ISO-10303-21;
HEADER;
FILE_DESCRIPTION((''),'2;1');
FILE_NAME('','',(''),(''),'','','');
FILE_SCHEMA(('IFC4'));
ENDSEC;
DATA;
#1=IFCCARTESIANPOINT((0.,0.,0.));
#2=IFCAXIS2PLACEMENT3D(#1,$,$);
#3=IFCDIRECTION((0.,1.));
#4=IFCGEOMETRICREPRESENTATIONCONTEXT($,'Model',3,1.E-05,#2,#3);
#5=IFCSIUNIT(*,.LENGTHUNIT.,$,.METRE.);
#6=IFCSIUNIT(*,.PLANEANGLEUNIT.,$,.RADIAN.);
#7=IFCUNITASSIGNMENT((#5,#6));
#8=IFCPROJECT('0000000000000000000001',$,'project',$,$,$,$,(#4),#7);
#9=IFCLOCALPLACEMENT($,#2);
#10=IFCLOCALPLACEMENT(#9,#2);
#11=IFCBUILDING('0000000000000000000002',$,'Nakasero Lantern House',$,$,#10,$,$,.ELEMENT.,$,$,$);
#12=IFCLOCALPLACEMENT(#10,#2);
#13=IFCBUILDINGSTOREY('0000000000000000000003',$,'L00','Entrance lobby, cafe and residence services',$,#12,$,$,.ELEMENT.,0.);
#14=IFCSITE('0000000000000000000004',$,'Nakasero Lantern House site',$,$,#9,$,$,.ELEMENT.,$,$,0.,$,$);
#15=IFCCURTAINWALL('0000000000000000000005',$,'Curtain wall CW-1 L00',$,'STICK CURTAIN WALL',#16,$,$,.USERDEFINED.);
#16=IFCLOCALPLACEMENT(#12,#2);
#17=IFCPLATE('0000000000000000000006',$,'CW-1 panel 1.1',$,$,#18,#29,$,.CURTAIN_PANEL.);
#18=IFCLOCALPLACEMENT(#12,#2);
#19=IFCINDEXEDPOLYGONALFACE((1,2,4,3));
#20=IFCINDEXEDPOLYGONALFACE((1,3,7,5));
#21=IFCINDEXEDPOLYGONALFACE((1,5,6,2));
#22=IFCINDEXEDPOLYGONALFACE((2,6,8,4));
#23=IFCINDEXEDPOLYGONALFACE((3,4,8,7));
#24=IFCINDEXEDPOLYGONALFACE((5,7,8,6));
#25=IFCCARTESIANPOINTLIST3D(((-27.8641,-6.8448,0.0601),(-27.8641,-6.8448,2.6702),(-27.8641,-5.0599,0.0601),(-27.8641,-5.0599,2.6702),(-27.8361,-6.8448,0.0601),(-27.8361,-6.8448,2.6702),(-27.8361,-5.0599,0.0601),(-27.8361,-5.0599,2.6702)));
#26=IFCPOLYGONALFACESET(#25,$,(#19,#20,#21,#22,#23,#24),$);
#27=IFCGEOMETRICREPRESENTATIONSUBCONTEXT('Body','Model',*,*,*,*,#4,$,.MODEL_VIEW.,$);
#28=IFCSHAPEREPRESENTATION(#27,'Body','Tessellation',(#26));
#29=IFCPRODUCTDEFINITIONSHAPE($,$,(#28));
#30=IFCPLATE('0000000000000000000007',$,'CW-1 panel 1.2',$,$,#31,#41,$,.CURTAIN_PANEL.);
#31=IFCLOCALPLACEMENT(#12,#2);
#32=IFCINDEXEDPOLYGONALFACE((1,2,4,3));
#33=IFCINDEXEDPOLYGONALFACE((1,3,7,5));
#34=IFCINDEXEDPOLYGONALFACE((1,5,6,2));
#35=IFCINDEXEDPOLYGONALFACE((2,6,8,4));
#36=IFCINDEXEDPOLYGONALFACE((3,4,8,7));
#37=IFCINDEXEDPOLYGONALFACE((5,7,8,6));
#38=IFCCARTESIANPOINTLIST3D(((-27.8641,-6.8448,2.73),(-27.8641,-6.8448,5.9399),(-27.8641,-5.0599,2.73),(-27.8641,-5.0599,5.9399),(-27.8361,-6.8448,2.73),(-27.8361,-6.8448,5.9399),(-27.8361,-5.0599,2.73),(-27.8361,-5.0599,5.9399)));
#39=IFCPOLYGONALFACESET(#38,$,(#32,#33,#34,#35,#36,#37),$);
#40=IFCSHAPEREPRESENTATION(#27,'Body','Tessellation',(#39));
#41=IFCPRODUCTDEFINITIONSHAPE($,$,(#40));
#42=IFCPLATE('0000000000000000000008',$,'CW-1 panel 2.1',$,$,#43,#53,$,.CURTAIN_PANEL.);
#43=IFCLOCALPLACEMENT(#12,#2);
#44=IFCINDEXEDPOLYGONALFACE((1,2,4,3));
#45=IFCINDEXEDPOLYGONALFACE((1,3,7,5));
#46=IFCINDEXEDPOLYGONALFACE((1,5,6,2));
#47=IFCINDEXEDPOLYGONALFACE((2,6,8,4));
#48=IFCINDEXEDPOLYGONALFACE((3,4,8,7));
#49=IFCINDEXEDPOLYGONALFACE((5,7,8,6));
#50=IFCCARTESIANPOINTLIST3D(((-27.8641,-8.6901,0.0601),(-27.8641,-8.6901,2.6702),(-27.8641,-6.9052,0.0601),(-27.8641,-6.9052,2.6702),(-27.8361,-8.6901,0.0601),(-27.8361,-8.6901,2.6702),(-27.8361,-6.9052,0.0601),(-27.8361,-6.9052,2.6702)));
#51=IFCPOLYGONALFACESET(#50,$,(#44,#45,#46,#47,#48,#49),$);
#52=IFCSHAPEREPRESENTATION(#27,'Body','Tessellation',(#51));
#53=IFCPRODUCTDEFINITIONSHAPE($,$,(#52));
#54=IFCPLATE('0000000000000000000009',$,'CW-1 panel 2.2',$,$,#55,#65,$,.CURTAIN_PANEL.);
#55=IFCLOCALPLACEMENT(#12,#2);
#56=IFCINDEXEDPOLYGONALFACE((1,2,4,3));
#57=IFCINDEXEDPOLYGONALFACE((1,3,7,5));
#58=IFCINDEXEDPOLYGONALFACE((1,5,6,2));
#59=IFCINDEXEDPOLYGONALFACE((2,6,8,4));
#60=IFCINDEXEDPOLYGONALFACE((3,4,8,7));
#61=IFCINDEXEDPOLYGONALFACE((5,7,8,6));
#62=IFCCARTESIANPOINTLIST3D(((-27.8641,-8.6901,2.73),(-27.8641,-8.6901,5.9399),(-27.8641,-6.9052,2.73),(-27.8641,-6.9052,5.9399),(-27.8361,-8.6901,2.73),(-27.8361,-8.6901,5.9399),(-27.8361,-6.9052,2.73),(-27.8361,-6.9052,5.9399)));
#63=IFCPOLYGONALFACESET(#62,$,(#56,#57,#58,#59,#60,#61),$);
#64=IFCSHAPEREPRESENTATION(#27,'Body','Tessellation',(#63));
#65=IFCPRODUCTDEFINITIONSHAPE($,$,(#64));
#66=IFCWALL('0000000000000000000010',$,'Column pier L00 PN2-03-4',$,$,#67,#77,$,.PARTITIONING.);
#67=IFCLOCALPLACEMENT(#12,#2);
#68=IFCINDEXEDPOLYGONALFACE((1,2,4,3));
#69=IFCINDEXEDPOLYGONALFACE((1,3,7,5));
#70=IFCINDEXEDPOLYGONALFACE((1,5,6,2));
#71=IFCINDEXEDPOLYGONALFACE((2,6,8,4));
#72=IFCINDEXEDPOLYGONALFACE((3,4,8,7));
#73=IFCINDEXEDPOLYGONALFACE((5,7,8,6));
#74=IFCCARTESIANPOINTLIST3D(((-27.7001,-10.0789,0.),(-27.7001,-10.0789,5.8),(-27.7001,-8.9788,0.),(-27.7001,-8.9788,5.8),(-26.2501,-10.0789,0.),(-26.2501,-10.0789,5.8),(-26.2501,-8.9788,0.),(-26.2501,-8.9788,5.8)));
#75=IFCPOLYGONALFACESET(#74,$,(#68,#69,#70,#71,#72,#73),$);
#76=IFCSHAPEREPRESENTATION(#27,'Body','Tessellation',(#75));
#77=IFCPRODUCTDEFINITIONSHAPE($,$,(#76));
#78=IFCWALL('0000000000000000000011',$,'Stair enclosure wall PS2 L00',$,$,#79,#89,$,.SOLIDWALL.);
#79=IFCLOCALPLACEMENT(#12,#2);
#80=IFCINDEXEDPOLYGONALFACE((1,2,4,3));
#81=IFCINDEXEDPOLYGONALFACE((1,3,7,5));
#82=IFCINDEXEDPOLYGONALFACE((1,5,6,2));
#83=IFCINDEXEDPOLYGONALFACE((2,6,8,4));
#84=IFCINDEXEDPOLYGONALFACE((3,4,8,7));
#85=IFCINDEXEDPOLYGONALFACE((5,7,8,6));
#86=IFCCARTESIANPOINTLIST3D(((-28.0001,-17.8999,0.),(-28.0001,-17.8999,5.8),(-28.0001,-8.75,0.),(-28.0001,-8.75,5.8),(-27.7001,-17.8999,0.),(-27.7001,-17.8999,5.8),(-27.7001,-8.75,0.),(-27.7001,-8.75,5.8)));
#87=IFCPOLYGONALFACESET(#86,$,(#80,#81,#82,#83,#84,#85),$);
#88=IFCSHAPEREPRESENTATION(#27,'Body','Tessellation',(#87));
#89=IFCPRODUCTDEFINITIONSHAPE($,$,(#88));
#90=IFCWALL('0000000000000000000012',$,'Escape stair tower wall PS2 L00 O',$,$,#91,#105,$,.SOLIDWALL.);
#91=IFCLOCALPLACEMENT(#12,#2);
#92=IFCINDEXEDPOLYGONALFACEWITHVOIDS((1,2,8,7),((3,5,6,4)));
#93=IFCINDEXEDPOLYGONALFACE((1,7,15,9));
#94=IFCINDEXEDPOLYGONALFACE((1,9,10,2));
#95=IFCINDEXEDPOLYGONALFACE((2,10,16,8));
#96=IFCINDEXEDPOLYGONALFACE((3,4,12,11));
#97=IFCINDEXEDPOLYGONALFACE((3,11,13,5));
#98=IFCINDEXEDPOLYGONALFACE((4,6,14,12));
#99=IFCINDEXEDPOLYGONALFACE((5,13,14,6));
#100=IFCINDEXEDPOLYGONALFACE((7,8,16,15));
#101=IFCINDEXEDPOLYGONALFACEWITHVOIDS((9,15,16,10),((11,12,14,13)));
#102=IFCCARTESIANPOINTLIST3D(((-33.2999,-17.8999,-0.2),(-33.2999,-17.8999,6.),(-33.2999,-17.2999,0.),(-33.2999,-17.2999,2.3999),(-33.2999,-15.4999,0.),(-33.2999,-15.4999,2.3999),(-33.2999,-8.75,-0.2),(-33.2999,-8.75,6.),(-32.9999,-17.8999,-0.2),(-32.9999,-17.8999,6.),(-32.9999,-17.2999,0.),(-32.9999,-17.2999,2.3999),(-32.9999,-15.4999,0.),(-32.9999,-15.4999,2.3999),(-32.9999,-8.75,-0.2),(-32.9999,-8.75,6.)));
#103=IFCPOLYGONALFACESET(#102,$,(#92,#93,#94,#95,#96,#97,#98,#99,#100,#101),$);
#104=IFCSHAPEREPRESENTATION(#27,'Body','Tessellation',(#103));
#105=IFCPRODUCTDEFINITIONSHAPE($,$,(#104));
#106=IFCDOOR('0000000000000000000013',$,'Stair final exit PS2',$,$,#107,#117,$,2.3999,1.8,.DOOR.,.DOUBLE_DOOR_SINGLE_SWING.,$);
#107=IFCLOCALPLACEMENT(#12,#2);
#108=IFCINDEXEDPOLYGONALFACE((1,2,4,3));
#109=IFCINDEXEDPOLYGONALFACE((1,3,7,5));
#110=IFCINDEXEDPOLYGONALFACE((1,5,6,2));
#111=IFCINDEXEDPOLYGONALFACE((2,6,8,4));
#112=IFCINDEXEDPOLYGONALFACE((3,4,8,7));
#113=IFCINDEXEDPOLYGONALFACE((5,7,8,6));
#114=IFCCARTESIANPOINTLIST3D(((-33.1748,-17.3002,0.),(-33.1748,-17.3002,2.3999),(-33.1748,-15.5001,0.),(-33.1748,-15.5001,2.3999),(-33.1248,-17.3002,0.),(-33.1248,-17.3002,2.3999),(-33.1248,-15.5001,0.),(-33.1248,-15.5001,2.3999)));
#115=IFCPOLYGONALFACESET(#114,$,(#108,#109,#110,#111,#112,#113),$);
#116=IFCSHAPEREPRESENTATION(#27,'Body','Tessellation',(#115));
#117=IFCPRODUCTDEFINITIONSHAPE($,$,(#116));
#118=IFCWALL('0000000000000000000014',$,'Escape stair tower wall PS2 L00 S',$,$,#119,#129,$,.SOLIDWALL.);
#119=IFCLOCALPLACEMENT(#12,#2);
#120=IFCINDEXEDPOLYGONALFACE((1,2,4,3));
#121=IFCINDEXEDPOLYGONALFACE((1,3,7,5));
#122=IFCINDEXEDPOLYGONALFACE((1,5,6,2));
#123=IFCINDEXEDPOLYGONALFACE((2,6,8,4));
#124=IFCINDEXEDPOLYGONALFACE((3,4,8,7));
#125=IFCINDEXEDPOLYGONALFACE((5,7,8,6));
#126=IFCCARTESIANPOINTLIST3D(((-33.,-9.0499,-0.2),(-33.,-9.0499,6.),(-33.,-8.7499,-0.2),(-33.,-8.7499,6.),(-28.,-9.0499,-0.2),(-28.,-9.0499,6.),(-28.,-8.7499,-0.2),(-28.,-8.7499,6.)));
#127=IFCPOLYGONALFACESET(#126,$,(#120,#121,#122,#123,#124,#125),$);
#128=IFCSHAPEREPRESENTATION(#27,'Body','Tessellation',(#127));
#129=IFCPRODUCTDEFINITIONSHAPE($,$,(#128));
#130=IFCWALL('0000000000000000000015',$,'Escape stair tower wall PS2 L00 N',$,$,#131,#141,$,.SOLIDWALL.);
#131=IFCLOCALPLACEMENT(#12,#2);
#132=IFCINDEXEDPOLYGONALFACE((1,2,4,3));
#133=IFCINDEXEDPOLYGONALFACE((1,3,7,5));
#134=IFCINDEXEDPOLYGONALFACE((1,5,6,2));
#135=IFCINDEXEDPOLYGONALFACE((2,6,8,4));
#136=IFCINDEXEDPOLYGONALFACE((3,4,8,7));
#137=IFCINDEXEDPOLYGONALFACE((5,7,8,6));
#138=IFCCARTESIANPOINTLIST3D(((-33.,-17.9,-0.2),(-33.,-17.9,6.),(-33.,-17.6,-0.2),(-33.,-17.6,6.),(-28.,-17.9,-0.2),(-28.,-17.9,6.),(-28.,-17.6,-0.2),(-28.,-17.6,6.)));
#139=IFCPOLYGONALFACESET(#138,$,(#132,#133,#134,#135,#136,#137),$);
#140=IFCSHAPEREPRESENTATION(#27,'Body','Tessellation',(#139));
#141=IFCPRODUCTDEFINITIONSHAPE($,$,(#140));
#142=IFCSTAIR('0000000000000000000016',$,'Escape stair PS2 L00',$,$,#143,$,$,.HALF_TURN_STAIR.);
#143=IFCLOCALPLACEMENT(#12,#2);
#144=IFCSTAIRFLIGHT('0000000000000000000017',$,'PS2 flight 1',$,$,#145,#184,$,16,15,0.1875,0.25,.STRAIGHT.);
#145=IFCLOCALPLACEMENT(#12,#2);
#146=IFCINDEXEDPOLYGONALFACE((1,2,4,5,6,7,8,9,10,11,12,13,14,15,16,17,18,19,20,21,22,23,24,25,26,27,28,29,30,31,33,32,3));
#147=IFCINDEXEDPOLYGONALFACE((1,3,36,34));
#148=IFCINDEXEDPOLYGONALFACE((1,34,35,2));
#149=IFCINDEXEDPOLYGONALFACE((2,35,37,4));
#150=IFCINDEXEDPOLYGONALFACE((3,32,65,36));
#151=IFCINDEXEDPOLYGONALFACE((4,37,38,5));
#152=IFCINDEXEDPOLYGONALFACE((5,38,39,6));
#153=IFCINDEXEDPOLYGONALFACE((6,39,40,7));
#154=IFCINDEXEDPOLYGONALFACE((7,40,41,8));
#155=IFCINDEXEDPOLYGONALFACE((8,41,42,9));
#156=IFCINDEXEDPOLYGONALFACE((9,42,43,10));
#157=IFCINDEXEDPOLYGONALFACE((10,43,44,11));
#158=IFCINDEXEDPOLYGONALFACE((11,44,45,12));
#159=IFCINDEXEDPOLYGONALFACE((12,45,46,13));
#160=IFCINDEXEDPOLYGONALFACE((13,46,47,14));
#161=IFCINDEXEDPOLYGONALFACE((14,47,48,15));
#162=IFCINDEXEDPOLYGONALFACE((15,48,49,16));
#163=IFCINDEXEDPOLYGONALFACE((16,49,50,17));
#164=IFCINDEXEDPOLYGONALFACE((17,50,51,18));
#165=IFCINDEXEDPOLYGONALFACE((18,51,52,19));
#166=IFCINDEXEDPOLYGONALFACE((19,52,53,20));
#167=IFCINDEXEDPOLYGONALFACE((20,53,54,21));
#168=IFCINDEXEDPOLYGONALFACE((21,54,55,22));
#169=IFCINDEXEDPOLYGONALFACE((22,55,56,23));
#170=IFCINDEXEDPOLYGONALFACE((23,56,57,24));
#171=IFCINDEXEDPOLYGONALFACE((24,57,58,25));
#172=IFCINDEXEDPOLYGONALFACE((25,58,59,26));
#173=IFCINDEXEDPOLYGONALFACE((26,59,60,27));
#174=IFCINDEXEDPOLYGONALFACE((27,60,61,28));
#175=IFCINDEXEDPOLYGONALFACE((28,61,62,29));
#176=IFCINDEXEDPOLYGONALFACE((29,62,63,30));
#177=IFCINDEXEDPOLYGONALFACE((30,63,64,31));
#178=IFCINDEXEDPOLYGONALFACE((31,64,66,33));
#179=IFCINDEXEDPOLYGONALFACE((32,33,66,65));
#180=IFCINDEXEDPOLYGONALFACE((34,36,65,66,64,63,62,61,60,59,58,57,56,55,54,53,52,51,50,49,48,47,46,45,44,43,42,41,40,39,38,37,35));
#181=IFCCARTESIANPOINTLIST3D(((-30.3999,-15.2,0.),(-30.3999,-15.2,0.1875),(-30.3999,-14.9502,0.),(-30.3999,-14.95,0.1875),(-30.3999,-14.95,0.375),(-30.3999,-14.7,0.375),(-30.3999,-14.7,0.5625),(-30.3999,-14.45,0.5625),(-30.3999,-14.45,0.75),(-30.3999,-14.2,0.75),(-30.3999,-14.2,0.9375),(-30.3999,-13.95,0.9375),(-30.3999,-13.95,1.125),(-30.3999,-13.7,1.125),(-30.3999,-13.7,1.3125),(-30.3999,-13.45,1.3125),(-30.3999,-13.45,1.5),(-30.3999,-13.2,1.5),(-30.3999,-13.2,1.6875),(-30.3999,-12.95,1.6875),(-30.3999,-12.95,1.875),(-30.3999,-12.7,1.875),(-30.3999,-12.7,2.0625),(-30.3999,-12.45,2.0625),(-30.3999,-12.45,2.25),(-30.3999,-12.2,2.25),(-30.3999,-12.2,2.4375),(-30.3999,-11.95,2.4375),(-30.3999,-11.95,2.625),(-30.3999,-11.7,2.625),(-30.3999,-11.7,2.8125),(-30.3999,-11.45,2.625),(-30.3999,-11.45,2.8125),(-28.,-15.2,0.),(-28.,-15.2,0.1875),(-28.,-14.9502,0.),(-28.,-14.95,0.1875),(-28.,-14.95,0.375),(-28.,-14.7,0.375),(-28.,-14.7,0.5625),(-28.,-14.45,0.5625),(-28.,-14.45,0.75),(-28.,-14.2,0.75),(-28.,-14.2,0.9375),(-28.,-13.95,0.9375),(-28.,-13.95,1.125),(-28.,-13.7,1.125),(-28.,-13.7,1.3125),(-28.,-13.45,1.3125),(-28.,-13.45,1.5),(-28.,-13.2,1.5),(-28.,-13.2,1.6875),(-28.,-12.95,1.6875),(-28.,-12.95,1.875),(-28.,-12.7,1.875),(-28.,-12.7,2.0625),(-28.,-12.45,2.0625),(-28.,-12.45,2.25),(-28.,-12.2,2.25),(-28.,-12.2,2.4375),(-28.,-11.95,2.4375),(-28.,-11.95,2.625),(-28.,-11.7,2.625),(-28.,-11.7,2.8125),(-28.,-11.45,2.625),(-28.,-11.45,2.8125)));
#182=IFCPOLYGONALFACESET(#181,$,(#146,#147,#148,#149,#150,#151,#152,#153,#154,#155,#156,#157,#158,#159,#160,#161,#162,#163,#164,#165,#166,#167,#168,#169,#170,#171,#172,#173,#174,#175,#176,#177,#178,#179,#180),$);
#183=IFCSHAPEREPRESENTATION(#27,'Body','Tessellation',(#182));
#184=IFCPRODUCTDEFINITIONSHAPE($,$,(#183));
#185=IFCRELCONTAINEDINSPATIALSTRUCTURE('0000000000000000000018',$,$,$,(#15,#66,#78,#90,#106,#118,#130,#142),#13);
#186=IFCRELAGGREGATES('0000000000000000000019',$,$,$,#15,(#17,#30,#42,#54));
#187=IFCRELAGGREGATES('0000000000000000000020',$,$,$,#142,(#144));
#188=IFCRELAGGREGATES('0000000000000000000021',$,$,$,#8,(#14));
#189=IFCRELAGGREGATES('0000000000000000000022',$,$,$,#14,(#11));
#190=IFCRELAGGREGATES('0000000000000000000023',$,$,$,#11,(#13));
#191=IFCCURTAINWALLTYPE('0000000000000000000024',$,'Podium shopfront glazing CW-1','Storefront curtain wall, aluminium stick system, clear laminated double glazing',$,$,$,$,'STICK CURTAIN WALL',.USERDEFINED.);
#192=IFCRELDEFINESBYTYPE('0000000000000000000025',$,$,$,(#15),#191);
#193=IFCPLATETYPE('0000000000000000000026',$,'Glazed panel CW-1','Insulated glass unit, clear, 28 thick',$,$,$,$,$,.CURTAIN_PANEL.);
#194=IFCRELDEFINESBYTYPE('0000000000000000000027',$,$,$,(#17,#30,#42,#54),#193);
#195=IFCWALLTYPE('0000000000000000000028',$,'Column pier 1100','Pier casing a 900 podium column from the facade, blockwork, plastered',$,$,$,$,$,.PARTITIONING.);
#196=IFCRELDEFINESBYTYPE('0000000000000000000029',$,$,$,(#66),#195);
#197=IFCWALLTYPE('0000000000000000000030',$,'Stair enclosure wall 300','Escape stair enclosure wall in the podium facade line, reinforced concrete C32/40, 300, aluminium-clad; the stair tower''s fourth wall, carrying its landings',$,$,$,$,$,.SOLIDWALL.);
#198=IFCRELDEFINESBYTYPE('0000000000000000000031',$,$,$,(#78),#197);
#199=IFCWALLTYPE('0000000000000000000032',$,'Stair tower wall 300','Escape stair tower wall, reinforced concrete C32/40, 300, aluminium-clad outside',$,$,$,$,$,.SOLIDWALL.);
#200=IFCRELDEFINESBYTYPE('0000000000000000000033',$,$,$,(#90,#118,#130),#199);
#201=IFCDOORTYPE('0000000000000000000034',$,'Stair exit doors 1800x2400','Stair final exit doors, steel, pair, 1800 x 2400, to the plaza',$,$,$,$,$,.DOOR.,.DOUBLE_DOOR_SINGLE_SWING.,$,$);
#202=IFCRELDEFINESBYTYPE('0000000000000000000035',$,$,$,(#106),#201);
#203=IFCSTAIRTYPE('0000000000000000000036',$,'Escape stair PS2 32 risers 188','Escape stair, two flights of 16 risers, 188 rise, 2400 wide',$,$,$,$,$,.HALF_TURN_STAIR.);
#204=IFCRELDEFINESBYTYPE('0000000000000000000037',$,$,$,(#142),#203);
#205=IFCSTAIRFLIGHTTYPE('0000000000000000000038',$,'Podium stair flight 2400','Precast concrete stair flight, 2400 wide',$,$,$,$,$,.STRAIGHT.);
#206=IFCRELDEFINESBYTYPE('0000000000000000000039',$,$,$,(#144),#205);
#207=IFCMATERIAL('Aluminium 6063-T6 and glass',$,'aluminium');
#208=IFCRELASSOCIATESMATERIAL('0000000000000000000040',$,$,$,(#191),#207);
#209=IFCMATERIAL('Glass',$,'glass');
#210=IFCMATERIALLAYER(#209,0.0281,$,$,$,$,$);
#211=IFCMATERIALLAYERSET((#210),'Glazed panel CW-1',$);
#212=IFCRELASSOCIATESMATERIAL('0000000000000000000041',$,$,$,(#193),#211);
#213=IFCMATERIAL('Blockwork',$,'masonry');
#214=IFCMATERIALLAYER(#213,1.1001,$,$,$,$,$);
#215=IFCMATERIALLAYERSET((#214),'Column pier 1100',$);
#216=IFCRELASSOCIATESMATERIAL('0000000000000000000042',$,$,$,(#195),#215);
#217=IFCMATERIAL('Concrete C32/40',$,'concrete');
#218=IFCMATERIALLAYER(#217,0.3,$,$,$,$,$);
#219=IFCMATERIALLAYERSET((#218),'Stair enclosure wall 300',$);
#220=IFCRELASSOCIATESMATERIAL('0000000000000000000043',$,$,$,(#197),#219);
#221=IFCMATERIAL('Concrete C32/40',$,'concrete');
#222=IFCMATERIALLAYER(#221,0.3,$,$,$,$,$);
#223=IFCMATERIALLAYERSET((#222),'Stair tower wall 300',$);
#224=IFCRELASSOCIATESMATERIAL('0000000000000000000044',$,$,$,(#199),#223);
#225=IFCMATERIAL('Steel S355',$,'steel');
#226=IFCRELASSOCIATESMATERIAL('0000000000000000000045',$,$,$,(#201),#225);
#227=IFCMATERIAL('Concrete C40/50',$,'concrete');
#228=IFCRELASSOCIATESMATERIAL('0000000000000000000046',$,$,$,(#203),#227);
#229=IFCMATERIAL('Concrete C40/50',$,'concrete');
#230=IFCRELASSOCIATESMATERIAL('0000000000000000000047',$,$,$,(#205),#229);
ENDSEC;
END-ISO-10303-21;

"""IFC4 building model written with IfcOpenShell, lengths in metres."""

from ifc_helpers import new_model, si_unit, direction, frame, frame_2d, origin, origin_2d, place, context, subcontext, project, spatial, polyline, rectangle, outline, extrude, material, layer, layer_set, type_object, element, fill, aggregate, save


model = new_model("IFC4")

# Units and contexts
model_context = context("Model", 3, precision=1e-05, world=origin(), true_north=direction((0.0, 1.0)))
body_context = subcontext(model_context, "Body", "Model", "MODEL_VIEW")
ifc_project = project(units=[si_unit("LENGTHUNIT", "METRE"), si_unit("PLANEANGLEUNIT", "RADIAN")], contexts=[model_context])

# Site, building, storey
site_placement = place(None, origin())
site = spatial("IfcSite", under=ifc_project, at=site_placement, Name="Nakasero Lantern House site", CompositionType="ELEMENT", RefElevation=0.0)
building_placement = place(site_placement, origin())
building = spatial("IfcBuilding", under=site, at=building_placement, Name="Nakasero Lantern House", CompositionType="ELEMENT")
storey_placement = place(building_placement, origin())
storey = spatial("IfcBuildingStorey", under=building, at=storey_placement, Name="L00", Description="Entrance lobby, cafe and residence services", CompositionType="ELEMENT", Elevation=0.0)

# Curtain wall
ifc_material_1 = material(Name="Aluminium 6063-T6 and glass", Category="aluminium")
curtain_wall_type = type_object("IfcCurtainWallType", Name="Podium shopfront glazing CW-1", Description="Storefront curtain wall, aluminium stick system, clear laminated double glazing", ElementType="STICK CURTAIN WALL", PredefinedType="USERDEFINED", material=ifc_material_1)
curtain_wall_1_placement = place(storey_placement, origin())
curtain_wall_1 = element("IfcCurtainWall", 1, at=curtain_wall_1_placement, inside=storey, type_object=curtain_wall_type, Name="Curtain wall CW-1 L00", ObjectType="STICK CURTAIN WALL", PredefinedType="USERDEFINED")

# Plates
ifc_material_2 = material(Name="Glass", Category="glass")
ifc_layer_1 = layer(ifc_material_2, 0.0281)
ifc_layer_set_1 = layer_set([ifc_layer_1], Name="Glazed panel CW-1")
plate_type = type_object("IfcPlateType", Name="Glazed panel CW-1", Description="Insulated glass unit, clear, 28 thick", PredefinedType="CURTAIN_PANEL", material=ifc_layer_set_1)
plate_1_placement = place(storey_placement, frame((-27.8501, -5.9524, 0.0601), z_axis=(0.0, 0.0, 1.0), x_axis=(0.0, -1.0, 0.0)))
plate_1 = element("IfcPlate", 2, at=plate_1_placement, type_object=plate_type, Name="CW-1 panel 1.1", PredefinedType="CURTAIN_PANEL", context=body_context, shape_type="SweptSolid", body=[
    extrude(rectangle(XDim=1.7849, YDim=0.0281, at=origin_2d()), origin(), (0.0, 0.0, 1.0), 2.6101),
])
plate_2_placement = place(storey_placement, frame((-27.8501, -5.9524, 2.73), z_axis=(0.0, 0.0, 1.0), x_axis=(0.0, -1.0, 0.0)))
plate_2 = element("IfcPlate", 3, at=plate_2_placement, type_object=plate_type, Name="CW-1 panel 1.2", PredefinedType="CURTAIN_PANEL", context=body_context, shape_type="SweptSolid", body=[
    extrude(rectangle(XDim=1.7849, YDim=0.0281, at=origin_2d()), origin(), (0.0, 0.0, 1.0), 3.21),
])
plate_3_placement = place(storey_placement, frame((-27.8501, -7.7976, 0.0601), z_axis=(0.0, 0.0, 1.0), x_axis=(0.0, -1.0, 0.0)))
plate_3 = element("IfcPlate", 4, at=plate_3_placement, type_object=plate_type, Name="CW-1 panel 2.1", PredefinedType="CURTAIN_PANEL", context=body_context, shape_type="SweptSolid", body=[
    extrude(rectangle(XDim=1.7849, YDim=0.0281, at=origin_2d()), origin(), (0.0, 0.0, 1.0), 2.6101),
])
plate_4_placement = place(storey_placement, frame((-27.8501, -7.7976, 2.73), z_axis=(0.0, 0.0, 1.0), x_axis=(0.0, -1.0, 0.0)))
plate_4 = element("IfcPlate", 5, at=plate_4_placement, type_object=plate_type, Name="CW-1 panel 2.2", PredefinedType="CURTAIN_PANEL", context=body_context, shape_type="SweptSolid", body=[
    extrude(rectangle(XDim=1.7849, YDim=0.0281, at=origin_2d()), origin(), (0.0, 0.0, 1.0), 3.21),
])
aggregate(curtain_wall_1, [plate_1, plate_2, plate_3, plate_4])

# Walls
ifc_material_3 = material(Name="Blockwork", Category="masonry")
ifc_layer_2 = layer(ifc_material_3, 1.1001)
ifc_layer_set_2 = layer_set([ifc_layer_2], Name="Column pier 1100")
wall_type_1 = type_object("IfcWallType", Name="Column pier 1100", Description="Pier casing a 900 podium column from the facade, blockwork, plastered", PredefinedType="PARTITIONING", material=ifc_layer_set_2)
wall_1_placement = place(storey_placement, frame((-26.25, -9.5288, 0.0), z_axis=(0.0, 0.0, 1.0), x_axis=(-1.0, 0.0, 0.0)))
element("IfcWall", 6, at=wall_1_placement, inside=storey, type_object=wall_type_1, Name="Column pier L00 PN2-03-4", PredefinedType="PARTITIONING", context=body_context, shape_type="SweptSolid", body=[
    extrude(rectangle(XDim=1.45, YDim=1.1001, at=frame_2d((0.7251, 0.0))), origin(), (0.0, 0.0, 1.0), 5.8),
])
ifc_material_4 = material(Name="Concrete C32/40", Category="concrete")
ifc_layer_3 = layer(ifc_material_4, 0.3)
ifc_layer_set_3 = layer_set([ifc_layer_3], Name="Stair enclosure wall 300")
wall_type_2 = type_object("IfcWallType", Name="Stair enclosure wall 300", Description="Escape stair enclosure wall in the podium facade line, reinforced concrete C32/40, 300, aluminium-clad; the stair tower's fourth wall, carrying its landings", PredefinedType="SOLIDWALL", material=ifc_layer_set_3)
wall_2_placement = place(storey_placement, frame((-27.8501, -8.75, 0.0), z_axis=(0.0, 0.0, 1.0), x_axis=(0.0, -1.0, 0.0)))
element("IfcWall", 7, at=wall_2_placement, inside=storey, type_object=wall_type_2, Name="Stair enclosure wall PS2 L00", PredefinedType="SOLIDWALL", context=body_context, shape_type="SweptSolid", body=[
    extrude(rectangle(XDim=9.1499, YDim=0.3, at=frame_2d((4.575, 0.0))), origin(), (0.0, 0.0, 1.0), 5.8),
])

# Wall, opening, door
ifc_material_5 = material(Name="Concrete C32/40", Category="concrete")
ifc_layer_4 = layer(ifc_material_5, 0.3)
ifc_layer_set_4 = layer_set([ifc_layer_4], Name="Stair tower wall 300")
wall_type_3 = type_object("IfcWallType", Name="Stair tower wall 300", Description="Escape stair tower wall, reinforced concrete C32/40, 300, aluminium-clad outside", PredefinedType="SOLIDWALL", material=ifc_layer_set_4)
wall_3_placement = place(storey_placement, frame((-33.1499, -8.75, -0.2), z_axis=(0.0, 0.0, 1.0), x_axis=(0.0, -1.0, 0.0)))
wall_3 = element("IfcWall", 8, at=wall_3_placement, inside=storey, type_object=wall_type_3, Name="Escape stair tower wall PS2 L00 O", PredefinedType="SOLIDWALL", context=body_context, shape_type="SweptSolid", body=[
    extrude(rectangle(XDim=9.1499, YDim=0.3, at=frame_2d((4.575, 0.0))), origin(), (0.0, 0.0, 1.0), 6.2),
])
opening_placement = place(wall_3_placement, frame((6.75, 0.0, 0.2)))
opening = element("IfcOpeningElement", 9, at=opening_placement, cuts=wall_3, PredefinedType="OPENING", context=body_context, shape_type="SweptSolid", body=[
    extrude(rectangle(XDim=1.8, YDim=2.3999, at=frame_2d((0.8999, 1.2))), frame((0.0, 0.1699, 0.0), z_axis=(0.0, -1.0, 0.0), x_axis=(1.0, 0.0, 0.0)), (0.0, 0.0, 1.0), 0.3401),
])
ifc_material_6 = material(Name="Steel S355", Category="steel")
door_type = type_object("IfcDoorType", Name="Stair exit doors 1800x2400", Description="Stair final exit doors, steel, pair, 1800 x 2400, to the plaza", OperationType="DOUBLE_DOOR_SINGLE_SWING", PredefinedType="DOOR", material=ifc_material_6)
door_placement = place(opening_placement, frame((1.8, 0.0, 0.0), z_axis=(0.0, 0.0, 1.0), x_axis=(-1.0, 0.0, 0.0)))
door = element("IfcDoor", 10, at=door_placement, inside=storey, type_object=door_type, Name="Stair final exit PS2", OperationType="DOUBLE_DOOR_SINGLE_SWING", OverallHeight=2.3999, OverallWidth=1.8, PredefinedType="DOOR", context=body_context, shape_type="SweptSolid", body=[
    extrude(rectangle(XDim=1.8, YDim=2.3999, at=frame_2d((0.8999, 1.2))), frame((0.0, 0.0249, 0.0), z_axis=(0.0, -1.0, 0.0), x_axis=(1.0, 0.0, 0.0)), (0.0, 0.0, 1.0), 0.05),
])
fill(opening, door)

# Walls
for number, where, z_axis, x_axis, name in (
    (11, (-28.0, -8.8999, -0.2), (0.0, 0.0, 1.0), (-1.0, 0.0, 0.0), "Escape stair tower wall PS2 L00 S"),
    (12, (-28.0, -17.75, -0.2), (0.0, 0.0, 1.0), (-1.0, 0.0, 0.0), "Escape stair tower wall PS2 L00 N"),
):
    element("IfcWall", number, at=place(storey_placement, frame(where, z_axis=z_axis, x_axis=x_axis)), inside=storey, type_object=wall_type_3, Name=name, PredefinedType="SOLIDWALL", context=body_context, shape_type="SweptSolid", body=[
        extrude(rectangle(XDim=5.0, YDim=0.3, at=frame_2d((2.5, 0.0))), origin(), (0.0, 0.0, 1.0), 6.2),
    ])

# Stair, stair flight
ifc_material_7 = material(Name="Concrete C40/50", Category="concrete")
stair_type = type_object("IfcStairType", Name="Escape stair PS2 32 risers 188", Description="Escape stair, two flights of 16 risers, 188 rise, 2400 wide", PredefinedType="HALF_TURN_STAIR", material=ifc_material_7)
stair_placement = place(storey_placement, origin())
stair = element("IfcStair", 13, at=stair_placement, inside=storey, type_object=stair_type, Name="Escape stair PS2 L00", PredefinedType="HALF_TURN_STAIR")
ifc_material_8 = material(Name="Concrete C40/50", Category="concrete")
stair_flight_type = type_object("IfcStairFlightType", Name="Podium stair flight 2400", Description="Precast concrete stair flight, 2400 wide", PredefinedType="STRAIGHT", material=ifc_material_8)
stair_flight_1_placement = place(storey_placement, frame((-29.2, -15.2, 0.0), z_axis=(0.0, 0.0, 1.0), x_axis=(0.0, 1.0, 0.0)))
stair_flight_1 = element("IfcStairFlight", 14, at=stair_flight_1_placement, type_object=stair_flight_type, Name="PS2 flight 1", NumberOfRisers=16, NumberOfTreads=15, PredefinedType="STRAIGHT", RiserHeight=0.1875, TreadLength=0.25, context=body_context, shape_type="SweptSolid", body=[
    extrude(outline(polyline([(0.0, 0.0), (0.0, 0.1875), (0.25, 0.1875), (0.25, 0.375), (0.5, 0.375), (0.5, 0.5625), (0.75, 0.5625), (0.75, 0.75), (1.0, 0.75), (1.0, 0.9375), (1.25, 0.9375), (1.25, 1.125), (1.5, 1.125), (1.5, 1.3125), (1.75, 1.3125), (1.75, 1.5), (2.0, 1.5), (2.0, 1.6875), (2.25, 1.6875), (2.25, 1.875), (2.5, 1.875), (2.5, 2.0625), (2.75, 2.0625), (2.75, 2.25), (3.0, 2.25), (3.0, 2.4375), (3.25, 2.4375), (3.25, 2.625), (3.5, 2.625), (3.5, 2.8125), (3.75, 2.8125), (3.75, 3.0), (3.75, 2.625), (0.2498, 0.0), (0.0, 0.0)])), frame((0.0, 1.2, 0.0), z_axis=(0.0, -1.0, 0.0), x_axis=(1.0, 0.0, 0.0)), (0.0, 0.0, 1.0), 2.3999),
])
aggregate(stair, [stair_flight_1])

save(model, "model.ifc")
